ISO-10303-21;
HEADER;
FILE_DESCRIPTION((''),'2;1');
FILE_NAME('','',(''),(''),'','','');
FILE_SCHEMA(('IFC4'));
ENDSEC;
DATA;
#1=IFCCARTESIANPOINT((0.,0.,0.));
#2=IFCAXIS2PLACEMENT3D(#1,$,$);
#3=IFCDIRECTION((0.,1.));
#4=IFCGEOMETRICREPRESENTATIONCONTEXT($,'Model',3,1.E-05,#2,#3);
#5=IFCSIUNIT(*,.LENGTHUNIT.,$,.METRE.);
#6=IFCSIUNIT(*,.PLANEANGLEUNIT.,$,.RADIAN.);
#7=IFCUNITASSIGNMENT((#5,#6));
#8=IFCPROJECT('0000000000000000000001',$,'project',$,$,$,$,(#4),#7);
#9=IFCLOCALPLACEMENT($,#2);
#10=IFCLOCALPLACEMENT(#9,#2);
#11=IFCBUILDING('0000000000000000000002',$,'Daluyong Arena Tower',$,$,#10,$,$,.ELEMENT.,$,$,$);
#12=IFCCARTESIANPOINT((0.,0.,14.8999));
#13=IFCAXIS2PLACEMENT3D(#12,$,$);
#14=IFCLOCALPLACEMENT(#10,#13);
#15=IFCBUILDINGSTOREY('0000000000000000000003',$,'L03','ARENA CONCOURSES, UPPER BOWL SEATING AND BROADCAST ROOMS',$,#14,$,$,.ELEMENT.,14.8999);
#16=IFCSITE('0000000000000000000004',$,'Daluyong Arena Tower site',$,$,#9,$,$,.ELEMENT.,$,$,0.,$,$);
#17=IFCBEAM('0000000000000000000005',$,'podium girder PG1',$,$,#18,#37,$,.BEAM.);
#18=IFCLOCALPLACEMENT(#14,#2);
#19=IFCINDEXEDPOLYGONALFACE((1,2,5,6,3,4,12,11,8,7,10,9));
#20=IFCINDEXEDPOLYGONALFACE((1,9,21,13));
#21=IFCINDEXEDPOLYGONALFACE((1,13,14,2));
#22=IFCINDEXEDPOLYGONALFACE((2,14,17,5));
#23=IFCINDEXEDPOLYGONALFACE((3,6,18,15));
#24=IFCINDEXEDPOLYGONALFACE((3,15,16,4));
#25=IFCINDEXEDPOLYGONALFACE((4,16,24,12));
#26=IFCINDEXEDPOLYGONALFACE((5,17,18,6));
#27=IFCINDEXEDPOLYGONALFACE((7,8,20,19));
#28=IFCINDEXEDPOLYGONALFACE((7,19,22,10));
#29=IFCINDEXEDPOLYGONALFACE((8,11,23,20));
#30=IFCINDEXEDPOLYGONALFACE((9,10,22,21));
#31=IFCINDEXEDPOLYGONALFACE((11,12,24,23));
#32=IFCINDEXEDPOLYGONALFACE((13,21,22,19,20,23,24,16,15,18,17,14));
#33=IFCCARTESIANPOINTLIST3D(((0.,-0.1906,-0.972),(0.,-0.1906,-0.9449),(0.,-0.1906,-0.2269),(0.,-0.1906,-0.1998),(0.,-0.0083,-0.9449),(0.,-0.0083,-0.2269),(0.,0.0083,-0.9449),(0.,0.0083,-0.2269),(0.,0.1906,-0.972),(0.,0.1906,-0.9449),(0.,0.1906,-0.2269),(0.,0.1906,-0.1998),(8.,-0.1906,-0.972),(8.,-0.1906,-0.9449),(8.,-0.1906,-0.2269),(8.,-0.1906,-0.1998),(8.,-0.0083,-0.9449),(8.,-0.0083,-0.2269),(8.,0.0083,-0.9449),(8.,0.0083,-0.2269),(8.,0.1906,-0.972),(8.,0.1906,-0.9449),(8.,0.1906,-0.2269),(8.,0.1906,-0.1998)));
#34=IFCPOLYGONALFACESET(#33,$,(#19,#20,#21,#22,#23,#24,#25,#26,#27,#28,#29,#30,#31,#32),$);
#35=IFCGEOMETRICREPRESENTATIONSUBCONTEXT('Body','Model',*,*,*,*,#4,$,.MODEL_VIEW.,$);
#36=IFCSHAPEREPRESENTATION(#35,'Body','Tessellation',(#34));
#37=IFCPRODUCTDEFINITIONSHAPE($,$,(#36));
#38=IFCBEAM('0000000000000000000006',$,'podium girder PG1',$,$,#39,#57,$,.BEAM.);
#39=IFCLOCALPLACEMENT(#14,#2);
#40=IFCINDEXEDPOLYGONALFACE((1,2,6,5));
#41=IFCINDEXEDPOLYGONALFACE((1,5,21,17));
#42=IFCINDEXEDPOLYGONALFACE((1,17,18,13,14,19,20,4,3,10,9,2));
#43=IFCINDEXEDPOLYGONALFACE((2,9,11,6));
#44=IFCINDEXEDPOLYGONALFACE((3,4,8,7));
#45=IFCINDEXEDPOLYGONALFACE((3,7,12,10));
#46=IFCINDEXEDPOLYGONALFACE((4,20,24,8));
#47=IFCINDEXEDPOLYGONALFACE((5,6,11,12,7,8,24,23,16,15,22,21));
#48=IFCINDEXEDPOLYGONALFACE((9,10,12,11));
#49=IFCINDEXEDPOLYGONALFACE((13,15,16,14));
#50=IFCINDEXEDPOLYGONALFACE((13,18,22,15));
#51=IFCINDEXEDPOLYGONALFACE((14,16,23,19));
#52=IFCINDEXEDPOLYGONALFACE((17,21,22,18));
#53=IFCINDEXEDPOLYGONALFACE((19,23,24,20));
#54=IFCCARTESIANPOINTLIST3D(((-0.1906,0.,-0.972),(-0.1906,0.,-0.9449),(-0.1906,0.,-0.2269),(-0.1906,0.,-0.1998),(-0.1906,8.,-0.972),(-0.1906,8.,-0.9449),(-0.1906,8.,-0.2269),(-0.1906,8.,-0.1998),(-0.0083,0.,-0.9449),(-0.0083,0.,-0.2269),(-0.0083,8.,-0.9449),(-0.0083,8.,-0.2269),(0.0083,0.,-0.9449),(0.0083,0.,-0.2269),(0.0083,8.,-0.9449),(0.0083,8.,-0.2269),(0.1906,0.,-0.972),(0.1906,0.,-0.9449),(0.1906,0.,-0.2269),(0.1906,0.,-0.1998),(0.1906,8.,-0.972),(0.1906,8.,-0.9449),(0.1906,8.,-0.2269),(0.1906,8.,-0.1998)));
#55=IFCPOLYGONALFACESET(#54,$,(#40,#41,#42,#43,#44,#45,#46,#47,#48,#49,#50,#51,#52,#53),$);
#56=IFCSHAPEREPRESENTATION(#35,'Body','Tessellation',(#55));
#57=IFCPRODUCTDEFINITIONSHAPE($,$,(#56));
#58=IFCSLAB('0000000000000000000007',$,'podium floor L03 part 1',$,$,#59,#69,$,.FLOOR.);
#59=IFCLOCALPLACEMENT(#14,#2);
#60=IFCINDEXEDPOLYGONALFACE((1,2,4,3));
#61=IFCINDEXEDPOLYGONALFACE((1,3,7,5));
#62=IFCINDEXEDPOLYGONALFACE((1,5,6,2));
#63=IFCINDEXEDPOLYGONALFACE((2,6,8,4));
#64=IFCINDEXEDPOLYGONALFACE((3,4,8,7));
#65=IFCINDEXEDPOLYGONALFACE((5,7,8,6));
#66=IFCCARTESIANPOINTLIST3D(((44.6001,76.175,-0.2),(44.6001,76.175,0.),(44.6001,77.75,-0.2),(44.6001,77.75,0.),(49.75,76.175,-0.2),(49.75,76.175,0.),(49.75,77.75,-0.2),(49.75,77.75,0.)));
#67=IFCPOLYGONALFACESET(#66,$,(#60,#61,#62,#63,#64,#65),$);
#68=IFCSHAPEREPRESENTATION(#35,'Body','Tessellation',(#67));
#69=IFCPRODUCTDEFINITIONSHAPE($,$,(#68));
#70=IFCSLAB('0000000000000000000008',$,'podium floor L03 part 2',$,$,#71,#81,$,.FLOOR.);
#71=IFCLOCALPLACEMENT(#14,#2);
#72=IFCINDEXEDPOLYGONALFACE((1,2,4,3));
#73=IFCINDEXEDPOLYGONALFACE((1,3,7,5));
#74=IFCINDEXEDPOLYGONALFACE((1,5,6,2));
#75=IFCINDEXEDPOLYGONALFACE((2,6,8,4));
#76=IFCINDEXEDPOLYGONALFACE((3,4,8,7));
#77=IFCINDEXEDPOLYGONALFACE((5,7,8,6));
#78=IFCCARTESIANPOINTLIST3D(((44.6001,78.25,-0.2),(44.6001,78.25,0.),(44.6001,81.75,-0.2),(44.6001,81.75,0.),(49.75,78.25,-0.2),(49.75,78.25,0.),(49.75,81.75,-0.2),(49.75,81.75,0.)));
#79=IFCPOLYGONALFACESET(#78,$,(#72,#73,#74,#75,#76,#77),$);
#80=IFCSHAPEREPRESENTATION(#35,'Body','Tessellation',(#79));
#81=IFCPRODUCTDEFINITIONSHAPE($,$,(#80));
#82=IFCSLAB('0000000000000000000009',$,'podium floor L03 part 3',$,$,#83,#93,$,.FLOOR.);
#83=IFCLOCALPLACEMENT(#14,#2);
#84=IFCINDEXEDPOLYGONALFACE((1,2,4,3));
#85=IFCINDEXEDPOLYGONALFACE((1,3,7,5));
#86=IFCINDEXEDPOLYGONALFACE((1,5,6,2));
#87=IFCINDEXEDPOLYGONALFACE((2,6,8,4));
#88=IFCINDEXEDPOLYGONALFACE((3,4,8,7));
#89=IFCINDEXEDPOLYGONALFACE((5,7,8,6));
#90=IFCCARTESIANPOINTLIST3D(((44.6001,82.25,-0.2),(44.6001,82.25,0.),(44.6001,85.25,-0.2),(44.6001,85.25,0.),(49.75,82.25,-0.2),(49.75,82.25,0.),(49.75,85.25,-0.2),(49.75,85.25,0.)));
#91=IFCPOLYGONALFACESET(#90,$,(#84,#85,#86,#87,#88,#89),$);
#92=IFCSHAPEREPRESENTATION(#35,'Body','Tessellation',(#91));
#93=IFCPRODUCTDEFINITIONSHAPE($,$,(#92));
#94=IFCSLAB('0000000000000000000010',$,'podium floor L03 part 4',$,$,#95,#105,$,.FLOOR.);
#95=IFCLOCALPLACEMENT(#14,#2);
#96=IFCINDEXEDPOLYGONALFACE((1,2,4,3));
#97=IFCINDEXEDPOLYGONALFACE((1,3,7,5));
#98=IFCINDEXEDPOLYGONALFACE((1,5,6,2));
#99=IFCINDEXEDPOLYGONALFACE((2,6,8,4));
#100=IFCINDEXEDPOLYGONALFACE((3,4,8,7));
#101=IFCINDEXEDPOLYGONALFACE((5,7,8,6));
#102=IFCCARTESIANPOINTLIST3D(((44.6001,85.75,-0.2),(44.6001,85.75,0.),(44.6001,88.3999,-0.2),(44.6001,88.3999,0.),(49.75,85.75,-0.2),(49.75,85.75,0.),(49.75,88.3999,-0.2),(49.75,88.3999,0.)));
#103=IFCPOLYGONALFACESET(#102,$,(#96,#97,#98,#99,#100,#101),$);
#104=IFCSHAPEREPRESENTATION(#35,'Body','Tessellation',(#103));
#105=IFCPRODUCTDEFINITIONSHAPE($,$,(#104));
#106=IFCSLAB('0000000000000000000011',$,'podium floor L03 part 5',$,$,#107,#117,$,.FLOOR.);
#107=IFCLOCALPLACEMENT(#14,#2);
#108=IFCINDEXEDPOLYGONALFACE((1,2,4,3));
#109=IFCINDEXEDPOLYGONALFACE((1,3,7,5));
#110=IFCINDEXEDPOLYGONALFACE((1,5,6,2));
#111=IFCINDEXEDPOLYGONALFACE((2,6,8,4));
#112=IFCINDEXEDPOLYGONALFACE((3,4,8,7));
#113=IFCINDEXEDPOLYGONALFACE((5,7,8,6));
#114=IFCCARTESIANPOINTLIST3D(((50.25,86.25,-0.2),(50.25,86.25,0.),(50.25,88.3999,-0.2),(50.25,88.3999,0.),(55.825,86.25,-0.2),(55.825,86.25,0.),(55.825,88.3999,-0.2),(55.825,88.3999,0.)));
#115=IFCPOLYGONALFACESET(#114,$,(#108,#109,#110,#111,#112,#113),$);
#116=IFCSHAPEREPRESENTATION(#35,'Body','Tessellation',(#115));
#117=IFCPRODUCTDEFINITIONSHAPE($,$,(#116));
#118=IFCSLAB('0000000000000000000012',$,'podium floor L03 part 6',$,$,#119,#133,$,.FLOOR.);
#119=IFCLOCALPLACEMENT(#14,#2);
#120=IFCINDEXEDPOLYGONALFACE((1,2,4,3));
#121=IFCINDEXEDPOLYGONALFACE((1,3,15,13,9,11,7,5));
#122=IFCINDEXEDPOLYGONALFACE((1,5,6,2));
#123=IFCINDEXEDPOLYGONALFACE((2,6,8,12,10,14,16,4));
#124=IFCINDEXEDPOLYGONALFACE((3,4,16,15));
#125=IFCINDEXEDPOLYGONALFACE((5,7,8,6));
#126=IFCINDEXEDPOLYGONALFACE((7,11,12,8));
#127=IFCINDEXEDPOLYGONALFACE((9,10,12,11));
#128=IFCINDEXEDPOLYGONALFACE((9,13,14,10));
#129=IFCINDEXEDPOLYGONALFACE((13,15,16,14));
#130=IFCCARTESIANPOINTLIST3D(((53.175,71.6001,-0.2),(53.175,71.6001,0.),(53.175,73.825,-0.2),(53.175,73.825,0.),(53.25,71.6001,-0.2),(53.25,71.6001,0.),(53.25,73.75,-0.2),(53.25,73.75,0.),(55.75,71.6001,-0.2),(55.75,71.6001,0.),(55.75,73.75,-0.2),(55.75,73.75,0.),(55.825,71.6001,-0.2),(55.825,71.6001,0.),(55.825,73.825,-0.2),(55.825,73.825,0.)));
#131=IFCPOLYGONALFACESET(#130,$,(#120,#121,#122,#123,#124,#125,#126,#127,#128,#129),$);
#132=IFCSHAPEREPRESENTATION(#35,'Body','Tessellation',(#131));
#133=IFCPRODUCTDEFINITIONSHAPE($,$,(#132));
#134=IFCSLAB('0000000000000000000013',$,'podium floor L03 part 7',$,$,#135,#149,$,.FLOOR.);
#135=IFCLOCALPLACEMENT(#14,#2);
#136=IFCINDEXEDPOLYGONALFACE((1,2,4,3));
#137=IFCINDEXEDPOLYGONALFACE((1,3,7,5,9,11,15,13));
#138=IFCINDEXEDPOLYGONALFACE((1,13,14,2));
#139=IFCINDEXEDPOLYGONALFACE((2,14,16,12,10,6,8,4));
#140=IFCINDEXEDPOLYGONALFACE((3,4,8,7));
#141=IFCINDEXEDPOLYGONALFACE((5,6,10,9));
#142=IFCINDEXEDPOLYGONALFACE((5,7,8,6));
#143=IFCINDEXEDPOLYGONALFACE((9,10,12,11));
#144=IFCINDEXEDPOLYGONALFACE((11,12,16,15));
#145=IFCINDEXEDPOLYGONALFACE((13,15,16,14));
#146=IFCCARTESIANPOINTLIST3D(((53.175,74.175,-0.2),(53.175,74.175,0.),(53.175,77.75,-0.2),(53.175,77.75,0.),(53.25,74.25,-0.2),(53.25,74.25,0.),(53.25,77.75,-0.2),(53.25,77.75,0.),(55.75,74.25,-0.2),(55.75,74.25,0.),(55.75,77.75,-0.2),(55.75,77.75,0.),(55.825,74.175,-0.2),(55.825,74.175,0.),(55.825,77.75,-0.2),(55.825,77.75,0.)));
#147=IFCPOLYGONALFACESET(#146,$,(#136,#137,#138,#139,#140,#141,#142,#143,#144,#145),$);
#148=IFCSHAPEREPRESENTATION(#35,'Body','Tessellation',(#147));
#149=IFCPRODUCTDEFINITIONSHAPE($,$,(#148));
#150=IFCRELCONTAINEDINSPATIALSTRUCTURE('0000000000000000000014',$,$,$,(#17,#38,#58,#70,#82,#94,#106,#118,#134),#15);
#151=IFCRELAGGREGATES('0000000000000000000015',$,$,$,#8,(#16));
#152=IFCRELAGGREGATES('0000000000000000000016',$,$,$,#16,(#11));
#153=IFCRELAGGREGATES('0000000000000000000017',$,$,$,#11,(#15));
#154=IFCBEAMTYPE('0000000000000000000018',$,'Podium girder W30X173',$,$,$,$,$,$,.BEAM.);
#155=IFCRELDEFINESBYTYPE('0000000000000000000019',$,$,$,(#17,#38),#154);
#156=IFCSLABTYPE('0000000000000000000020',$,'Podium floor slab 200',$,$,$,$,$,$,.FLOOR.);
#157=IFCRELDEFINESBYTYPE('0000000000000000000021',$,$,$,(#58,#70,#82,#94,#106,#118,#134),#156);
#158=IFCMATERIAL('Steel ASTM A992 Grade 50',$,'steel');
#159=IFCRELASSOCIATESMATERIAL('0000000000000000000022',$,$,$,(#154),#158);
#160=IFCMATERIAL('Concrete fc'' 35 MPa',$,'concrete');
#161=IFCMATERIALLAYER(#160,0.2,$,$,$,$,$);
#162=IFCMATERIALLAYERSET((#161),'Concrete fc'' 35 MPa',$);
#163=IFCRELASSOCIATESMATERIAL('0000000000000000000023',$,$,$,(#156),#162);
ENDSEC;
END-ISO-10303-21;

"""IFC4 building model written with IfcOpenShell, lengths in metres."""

from ifc_helpers import new_model, si_unit, direction, frame, origin, origin_2d, place, context, subcontext, project, spatial, polyline, i_section, outline, extrude, material, layer, layer_set, material_profile, profile_set, type_object, element, save


model = new_model("IFC4")

# Units and contexts
model_context = context("Model", 3, precision=1e-05, world=origin(), true_north=direction((0.0, 1.0)))
body_context = subcontext(model_context, "Body", "Model", "MODEL_VIEW")
ifc_project = project(units=[si_unit("LENGTHUNIT", "METRE"), si_unit("PLANEANGLEUNIT", "RADIAN")], contexts=[model_context])

# Site, building, storey
site_placement = place(None, origin())
site = spatial("IfcSite", under=ifc_project, at=site_placement, Name="Daluyong Arena Tower site", CompositionType="ELEMENT", RefElevation=0.0)
building_placement = place(site_placement, origin())
building = spatial("IfcBuilding", under=site, at=building_placement, Name="Daluyong Arena Tower", CompositionType="ELEMENT")
storey_placement = place(building_placement, frame((0.0, 0.0, 14.8999)))
storey = spatial("IfcBuildingStorey", under=building, at=storey_placement, Name="L03", Description="ARENA CONCOURSES, UPPER BOWL SEATING AND BROADCAST ROOMS", CompositionType="ELEMENT", Elevation=14.8999)

# Beams
ifc_material_1 = material(Name="Steel ASTM A992 Grade 50", Category="steel")
ifc_material_profile = material_profile(ifc_material_1, i_section(OverallWidth=0.3811, OverallDepth=0.7722, WebThickness=0.0166, FlangeThickness=0.0271, at=origin_2d()))
ifc_profile_set = profile_set([ifc_material_profile], Name="Steel ASTM A992 Grade 50")
beam_type = type_object("IfcBeamType", Name="Podium girder W30X173", PredefinedType="BEAM", material=ifc_profile_set)
for number, where, z_axis, x_axis, name in (
    (1, (0.0, 0.0, -0.5859), (1.0, 0.0, 0.0), (0.0, 1.0, 0.0), "podium girder PG1"),
    (2, (0.0, 0.0, -0.5859), (0.0, 1.0, 0.0), (-1.0, 0.0, 0.0), "podium girder PG1"),
):
    element("IfcBeam", number, at=place(storey_placement, frame(where, z_axis=z_axis, x_axis=x_axis)), inside=storey, type_object=beam_type, Name=name, PredefinedType="BEAM", context=body_context, shape_type="SweptSolid", body=[
        extrude(i_section(OverallWidth=0.3811, OverallDepth=0.7722, WebThickness=0.0166, FlangeThickness=0.0271, at=origin_2d()), origin(), (0.0, 0.0, 1.0), 8.0),
    ])

# Slabs
ifc_material_2 = material(Name="Concrete fc' 35 MPa", Category="concrete")
ifc_layer = layer(ifc_material_2, 0.2)
ifc_layer_set = layer_set([ifc_layer], Name="Concrete fc' 35 MPa")
slab_type = type_object("IfcSlabType", Name="Podium floor slab 200", PredefinedType="FLOOR", material=ifc_layer_set)
slab_1_placement = place(storey_placement, frame((0.0, 0.0, -0.2)))
element("IfcSlab", 3, at=slab_1_placement, inside=storey, type_object=slab_type, Name="podium floor L03 part 1", PredefinedType="FLOOR", context=body_context, shape_type="SweptSolid", body=[
    extrude(outline(polyline([(49.75, 76.175), (49.75, 77.75), (44.6001, 77.75), (44.6001, 76.175), (49.75, 76.175)])), origin(), (0.0, 0.0, 1.0), 0.2),
])
slab_2_placement = place(storey_placement, frame((0.0, 0.0, -0.2)))
element("IfcSlab", 4, at=slab_2_placement, inside=storey, type_object=slab_type, Name="podium floor L03 part 2", PredefinedType="FLOOR", context=body_context, shape_type="SweptSolid", body=[
    extrude(outline(polyline([(49.75, 78.25), (49.75, 81.75), (44.6001, 81.75), (44.6001, 78.25), (49.75, 78.25)])), origin(), (0.0, 0.0, 1.0), 0.2),
])
slab_3_placement = place(storey_placement, frame((0.0, 0.0, -0.2)))
element("IfcSlab", 5, at=slab_3_placement, inside=storey, type_object=slab_type, Name="podium floor L03 part 3", PredefinedType="FLOOR", context=body_context, shape_type="SweptSolid", body=[
    extrude(outline(polyline([(49.75, 82.25), (49.75, 85.25), (44.6001, 85.25), (44.6001, 82.25), (49.75, 82.25)])), origin(), (0.0, 0.0, 1.0), 0.2),
])
slab_4_placement = place(storey_placement, frame((0.0, 0.0, -0.2)))
element("IfcSlab", 6, at=slab_4_placement, inside=storey, type_object=slab_type, Name="podium floor L03 part 4", PredefinedType="FLOOR", context=body_context, shape_type="SweptSolid", body=[
    extrude(outline(polyline([(44.6001, 88.3999), (44.6001, 85.75), (49.75, 85.75), (49.75, 88.3999), (44.6001, 88.3999)])), origin(), (0.0, 0.0, 1.0), 0.2),
])
slab_5_placement = place(storey_placement, frame((0.0, 0.0, -0.2)))
element("IfcSlab", 7, at=slab_5_placement, inside=storey, type_object=slab_type, Name="podium floor L03 part 5", PredefinedType="FLOOR", context=body_context, shape_type="SweptSolid", body=[
    extrude(outline(polyline([(50.25, 88.3999), (50.25, 86.25), (55.825, 86.25), (55.825, 88.3999), (50.25, 88.3999)])), origin(), (0.0, 0.0, 1.0), 0.2),
])
slab_6_placement = place(storey_placement, frame((0.0, 0.0, -0.2)))
element("IfcSlab", 8, at=slab_6_placement, inside=storey, type_object=slab_type, Name="podium floor L03 part 6", PredefinedType="FLOOR", context=body_context, shape_type="SweptSolid", body=[
    extrude(outline(polyline([(53.25, 73.75), (55.75, 73.75), (55.75, 71.6001), (55.825, 71.6001), (55.825, 73.825), (53.175, 73.825), (53.175, 71.6001), (53.25, 71.6001), (53.25, 73.75)])), origin(), (0.0, 0.0, 1.0), 0.2),
])
slab_7_placement = place(storey_placement, frame((0.0, 0.0, -0.2)))
element("IfcSlab", 9, at=slab_7_placement, inside=storey, type_object=slab_type, Name="podium floor L03 part 7", PredefinedType="FLOOR", context=body_context, shape_type="SweptSolid", body=[
    extrude(outline(polyline([(53.25, 74.25), (53.25, 77.75), (53.175, 77.75), (53.175, 74.175), (55.825, 74.175), (55.825, 77.75), (55.75, 77.75), (55.75, 74.25), (53.25, 74.25)])), origin(), (0.0, 0.0, 1.0), 0.2),
])

save(model, "model.ifc")
